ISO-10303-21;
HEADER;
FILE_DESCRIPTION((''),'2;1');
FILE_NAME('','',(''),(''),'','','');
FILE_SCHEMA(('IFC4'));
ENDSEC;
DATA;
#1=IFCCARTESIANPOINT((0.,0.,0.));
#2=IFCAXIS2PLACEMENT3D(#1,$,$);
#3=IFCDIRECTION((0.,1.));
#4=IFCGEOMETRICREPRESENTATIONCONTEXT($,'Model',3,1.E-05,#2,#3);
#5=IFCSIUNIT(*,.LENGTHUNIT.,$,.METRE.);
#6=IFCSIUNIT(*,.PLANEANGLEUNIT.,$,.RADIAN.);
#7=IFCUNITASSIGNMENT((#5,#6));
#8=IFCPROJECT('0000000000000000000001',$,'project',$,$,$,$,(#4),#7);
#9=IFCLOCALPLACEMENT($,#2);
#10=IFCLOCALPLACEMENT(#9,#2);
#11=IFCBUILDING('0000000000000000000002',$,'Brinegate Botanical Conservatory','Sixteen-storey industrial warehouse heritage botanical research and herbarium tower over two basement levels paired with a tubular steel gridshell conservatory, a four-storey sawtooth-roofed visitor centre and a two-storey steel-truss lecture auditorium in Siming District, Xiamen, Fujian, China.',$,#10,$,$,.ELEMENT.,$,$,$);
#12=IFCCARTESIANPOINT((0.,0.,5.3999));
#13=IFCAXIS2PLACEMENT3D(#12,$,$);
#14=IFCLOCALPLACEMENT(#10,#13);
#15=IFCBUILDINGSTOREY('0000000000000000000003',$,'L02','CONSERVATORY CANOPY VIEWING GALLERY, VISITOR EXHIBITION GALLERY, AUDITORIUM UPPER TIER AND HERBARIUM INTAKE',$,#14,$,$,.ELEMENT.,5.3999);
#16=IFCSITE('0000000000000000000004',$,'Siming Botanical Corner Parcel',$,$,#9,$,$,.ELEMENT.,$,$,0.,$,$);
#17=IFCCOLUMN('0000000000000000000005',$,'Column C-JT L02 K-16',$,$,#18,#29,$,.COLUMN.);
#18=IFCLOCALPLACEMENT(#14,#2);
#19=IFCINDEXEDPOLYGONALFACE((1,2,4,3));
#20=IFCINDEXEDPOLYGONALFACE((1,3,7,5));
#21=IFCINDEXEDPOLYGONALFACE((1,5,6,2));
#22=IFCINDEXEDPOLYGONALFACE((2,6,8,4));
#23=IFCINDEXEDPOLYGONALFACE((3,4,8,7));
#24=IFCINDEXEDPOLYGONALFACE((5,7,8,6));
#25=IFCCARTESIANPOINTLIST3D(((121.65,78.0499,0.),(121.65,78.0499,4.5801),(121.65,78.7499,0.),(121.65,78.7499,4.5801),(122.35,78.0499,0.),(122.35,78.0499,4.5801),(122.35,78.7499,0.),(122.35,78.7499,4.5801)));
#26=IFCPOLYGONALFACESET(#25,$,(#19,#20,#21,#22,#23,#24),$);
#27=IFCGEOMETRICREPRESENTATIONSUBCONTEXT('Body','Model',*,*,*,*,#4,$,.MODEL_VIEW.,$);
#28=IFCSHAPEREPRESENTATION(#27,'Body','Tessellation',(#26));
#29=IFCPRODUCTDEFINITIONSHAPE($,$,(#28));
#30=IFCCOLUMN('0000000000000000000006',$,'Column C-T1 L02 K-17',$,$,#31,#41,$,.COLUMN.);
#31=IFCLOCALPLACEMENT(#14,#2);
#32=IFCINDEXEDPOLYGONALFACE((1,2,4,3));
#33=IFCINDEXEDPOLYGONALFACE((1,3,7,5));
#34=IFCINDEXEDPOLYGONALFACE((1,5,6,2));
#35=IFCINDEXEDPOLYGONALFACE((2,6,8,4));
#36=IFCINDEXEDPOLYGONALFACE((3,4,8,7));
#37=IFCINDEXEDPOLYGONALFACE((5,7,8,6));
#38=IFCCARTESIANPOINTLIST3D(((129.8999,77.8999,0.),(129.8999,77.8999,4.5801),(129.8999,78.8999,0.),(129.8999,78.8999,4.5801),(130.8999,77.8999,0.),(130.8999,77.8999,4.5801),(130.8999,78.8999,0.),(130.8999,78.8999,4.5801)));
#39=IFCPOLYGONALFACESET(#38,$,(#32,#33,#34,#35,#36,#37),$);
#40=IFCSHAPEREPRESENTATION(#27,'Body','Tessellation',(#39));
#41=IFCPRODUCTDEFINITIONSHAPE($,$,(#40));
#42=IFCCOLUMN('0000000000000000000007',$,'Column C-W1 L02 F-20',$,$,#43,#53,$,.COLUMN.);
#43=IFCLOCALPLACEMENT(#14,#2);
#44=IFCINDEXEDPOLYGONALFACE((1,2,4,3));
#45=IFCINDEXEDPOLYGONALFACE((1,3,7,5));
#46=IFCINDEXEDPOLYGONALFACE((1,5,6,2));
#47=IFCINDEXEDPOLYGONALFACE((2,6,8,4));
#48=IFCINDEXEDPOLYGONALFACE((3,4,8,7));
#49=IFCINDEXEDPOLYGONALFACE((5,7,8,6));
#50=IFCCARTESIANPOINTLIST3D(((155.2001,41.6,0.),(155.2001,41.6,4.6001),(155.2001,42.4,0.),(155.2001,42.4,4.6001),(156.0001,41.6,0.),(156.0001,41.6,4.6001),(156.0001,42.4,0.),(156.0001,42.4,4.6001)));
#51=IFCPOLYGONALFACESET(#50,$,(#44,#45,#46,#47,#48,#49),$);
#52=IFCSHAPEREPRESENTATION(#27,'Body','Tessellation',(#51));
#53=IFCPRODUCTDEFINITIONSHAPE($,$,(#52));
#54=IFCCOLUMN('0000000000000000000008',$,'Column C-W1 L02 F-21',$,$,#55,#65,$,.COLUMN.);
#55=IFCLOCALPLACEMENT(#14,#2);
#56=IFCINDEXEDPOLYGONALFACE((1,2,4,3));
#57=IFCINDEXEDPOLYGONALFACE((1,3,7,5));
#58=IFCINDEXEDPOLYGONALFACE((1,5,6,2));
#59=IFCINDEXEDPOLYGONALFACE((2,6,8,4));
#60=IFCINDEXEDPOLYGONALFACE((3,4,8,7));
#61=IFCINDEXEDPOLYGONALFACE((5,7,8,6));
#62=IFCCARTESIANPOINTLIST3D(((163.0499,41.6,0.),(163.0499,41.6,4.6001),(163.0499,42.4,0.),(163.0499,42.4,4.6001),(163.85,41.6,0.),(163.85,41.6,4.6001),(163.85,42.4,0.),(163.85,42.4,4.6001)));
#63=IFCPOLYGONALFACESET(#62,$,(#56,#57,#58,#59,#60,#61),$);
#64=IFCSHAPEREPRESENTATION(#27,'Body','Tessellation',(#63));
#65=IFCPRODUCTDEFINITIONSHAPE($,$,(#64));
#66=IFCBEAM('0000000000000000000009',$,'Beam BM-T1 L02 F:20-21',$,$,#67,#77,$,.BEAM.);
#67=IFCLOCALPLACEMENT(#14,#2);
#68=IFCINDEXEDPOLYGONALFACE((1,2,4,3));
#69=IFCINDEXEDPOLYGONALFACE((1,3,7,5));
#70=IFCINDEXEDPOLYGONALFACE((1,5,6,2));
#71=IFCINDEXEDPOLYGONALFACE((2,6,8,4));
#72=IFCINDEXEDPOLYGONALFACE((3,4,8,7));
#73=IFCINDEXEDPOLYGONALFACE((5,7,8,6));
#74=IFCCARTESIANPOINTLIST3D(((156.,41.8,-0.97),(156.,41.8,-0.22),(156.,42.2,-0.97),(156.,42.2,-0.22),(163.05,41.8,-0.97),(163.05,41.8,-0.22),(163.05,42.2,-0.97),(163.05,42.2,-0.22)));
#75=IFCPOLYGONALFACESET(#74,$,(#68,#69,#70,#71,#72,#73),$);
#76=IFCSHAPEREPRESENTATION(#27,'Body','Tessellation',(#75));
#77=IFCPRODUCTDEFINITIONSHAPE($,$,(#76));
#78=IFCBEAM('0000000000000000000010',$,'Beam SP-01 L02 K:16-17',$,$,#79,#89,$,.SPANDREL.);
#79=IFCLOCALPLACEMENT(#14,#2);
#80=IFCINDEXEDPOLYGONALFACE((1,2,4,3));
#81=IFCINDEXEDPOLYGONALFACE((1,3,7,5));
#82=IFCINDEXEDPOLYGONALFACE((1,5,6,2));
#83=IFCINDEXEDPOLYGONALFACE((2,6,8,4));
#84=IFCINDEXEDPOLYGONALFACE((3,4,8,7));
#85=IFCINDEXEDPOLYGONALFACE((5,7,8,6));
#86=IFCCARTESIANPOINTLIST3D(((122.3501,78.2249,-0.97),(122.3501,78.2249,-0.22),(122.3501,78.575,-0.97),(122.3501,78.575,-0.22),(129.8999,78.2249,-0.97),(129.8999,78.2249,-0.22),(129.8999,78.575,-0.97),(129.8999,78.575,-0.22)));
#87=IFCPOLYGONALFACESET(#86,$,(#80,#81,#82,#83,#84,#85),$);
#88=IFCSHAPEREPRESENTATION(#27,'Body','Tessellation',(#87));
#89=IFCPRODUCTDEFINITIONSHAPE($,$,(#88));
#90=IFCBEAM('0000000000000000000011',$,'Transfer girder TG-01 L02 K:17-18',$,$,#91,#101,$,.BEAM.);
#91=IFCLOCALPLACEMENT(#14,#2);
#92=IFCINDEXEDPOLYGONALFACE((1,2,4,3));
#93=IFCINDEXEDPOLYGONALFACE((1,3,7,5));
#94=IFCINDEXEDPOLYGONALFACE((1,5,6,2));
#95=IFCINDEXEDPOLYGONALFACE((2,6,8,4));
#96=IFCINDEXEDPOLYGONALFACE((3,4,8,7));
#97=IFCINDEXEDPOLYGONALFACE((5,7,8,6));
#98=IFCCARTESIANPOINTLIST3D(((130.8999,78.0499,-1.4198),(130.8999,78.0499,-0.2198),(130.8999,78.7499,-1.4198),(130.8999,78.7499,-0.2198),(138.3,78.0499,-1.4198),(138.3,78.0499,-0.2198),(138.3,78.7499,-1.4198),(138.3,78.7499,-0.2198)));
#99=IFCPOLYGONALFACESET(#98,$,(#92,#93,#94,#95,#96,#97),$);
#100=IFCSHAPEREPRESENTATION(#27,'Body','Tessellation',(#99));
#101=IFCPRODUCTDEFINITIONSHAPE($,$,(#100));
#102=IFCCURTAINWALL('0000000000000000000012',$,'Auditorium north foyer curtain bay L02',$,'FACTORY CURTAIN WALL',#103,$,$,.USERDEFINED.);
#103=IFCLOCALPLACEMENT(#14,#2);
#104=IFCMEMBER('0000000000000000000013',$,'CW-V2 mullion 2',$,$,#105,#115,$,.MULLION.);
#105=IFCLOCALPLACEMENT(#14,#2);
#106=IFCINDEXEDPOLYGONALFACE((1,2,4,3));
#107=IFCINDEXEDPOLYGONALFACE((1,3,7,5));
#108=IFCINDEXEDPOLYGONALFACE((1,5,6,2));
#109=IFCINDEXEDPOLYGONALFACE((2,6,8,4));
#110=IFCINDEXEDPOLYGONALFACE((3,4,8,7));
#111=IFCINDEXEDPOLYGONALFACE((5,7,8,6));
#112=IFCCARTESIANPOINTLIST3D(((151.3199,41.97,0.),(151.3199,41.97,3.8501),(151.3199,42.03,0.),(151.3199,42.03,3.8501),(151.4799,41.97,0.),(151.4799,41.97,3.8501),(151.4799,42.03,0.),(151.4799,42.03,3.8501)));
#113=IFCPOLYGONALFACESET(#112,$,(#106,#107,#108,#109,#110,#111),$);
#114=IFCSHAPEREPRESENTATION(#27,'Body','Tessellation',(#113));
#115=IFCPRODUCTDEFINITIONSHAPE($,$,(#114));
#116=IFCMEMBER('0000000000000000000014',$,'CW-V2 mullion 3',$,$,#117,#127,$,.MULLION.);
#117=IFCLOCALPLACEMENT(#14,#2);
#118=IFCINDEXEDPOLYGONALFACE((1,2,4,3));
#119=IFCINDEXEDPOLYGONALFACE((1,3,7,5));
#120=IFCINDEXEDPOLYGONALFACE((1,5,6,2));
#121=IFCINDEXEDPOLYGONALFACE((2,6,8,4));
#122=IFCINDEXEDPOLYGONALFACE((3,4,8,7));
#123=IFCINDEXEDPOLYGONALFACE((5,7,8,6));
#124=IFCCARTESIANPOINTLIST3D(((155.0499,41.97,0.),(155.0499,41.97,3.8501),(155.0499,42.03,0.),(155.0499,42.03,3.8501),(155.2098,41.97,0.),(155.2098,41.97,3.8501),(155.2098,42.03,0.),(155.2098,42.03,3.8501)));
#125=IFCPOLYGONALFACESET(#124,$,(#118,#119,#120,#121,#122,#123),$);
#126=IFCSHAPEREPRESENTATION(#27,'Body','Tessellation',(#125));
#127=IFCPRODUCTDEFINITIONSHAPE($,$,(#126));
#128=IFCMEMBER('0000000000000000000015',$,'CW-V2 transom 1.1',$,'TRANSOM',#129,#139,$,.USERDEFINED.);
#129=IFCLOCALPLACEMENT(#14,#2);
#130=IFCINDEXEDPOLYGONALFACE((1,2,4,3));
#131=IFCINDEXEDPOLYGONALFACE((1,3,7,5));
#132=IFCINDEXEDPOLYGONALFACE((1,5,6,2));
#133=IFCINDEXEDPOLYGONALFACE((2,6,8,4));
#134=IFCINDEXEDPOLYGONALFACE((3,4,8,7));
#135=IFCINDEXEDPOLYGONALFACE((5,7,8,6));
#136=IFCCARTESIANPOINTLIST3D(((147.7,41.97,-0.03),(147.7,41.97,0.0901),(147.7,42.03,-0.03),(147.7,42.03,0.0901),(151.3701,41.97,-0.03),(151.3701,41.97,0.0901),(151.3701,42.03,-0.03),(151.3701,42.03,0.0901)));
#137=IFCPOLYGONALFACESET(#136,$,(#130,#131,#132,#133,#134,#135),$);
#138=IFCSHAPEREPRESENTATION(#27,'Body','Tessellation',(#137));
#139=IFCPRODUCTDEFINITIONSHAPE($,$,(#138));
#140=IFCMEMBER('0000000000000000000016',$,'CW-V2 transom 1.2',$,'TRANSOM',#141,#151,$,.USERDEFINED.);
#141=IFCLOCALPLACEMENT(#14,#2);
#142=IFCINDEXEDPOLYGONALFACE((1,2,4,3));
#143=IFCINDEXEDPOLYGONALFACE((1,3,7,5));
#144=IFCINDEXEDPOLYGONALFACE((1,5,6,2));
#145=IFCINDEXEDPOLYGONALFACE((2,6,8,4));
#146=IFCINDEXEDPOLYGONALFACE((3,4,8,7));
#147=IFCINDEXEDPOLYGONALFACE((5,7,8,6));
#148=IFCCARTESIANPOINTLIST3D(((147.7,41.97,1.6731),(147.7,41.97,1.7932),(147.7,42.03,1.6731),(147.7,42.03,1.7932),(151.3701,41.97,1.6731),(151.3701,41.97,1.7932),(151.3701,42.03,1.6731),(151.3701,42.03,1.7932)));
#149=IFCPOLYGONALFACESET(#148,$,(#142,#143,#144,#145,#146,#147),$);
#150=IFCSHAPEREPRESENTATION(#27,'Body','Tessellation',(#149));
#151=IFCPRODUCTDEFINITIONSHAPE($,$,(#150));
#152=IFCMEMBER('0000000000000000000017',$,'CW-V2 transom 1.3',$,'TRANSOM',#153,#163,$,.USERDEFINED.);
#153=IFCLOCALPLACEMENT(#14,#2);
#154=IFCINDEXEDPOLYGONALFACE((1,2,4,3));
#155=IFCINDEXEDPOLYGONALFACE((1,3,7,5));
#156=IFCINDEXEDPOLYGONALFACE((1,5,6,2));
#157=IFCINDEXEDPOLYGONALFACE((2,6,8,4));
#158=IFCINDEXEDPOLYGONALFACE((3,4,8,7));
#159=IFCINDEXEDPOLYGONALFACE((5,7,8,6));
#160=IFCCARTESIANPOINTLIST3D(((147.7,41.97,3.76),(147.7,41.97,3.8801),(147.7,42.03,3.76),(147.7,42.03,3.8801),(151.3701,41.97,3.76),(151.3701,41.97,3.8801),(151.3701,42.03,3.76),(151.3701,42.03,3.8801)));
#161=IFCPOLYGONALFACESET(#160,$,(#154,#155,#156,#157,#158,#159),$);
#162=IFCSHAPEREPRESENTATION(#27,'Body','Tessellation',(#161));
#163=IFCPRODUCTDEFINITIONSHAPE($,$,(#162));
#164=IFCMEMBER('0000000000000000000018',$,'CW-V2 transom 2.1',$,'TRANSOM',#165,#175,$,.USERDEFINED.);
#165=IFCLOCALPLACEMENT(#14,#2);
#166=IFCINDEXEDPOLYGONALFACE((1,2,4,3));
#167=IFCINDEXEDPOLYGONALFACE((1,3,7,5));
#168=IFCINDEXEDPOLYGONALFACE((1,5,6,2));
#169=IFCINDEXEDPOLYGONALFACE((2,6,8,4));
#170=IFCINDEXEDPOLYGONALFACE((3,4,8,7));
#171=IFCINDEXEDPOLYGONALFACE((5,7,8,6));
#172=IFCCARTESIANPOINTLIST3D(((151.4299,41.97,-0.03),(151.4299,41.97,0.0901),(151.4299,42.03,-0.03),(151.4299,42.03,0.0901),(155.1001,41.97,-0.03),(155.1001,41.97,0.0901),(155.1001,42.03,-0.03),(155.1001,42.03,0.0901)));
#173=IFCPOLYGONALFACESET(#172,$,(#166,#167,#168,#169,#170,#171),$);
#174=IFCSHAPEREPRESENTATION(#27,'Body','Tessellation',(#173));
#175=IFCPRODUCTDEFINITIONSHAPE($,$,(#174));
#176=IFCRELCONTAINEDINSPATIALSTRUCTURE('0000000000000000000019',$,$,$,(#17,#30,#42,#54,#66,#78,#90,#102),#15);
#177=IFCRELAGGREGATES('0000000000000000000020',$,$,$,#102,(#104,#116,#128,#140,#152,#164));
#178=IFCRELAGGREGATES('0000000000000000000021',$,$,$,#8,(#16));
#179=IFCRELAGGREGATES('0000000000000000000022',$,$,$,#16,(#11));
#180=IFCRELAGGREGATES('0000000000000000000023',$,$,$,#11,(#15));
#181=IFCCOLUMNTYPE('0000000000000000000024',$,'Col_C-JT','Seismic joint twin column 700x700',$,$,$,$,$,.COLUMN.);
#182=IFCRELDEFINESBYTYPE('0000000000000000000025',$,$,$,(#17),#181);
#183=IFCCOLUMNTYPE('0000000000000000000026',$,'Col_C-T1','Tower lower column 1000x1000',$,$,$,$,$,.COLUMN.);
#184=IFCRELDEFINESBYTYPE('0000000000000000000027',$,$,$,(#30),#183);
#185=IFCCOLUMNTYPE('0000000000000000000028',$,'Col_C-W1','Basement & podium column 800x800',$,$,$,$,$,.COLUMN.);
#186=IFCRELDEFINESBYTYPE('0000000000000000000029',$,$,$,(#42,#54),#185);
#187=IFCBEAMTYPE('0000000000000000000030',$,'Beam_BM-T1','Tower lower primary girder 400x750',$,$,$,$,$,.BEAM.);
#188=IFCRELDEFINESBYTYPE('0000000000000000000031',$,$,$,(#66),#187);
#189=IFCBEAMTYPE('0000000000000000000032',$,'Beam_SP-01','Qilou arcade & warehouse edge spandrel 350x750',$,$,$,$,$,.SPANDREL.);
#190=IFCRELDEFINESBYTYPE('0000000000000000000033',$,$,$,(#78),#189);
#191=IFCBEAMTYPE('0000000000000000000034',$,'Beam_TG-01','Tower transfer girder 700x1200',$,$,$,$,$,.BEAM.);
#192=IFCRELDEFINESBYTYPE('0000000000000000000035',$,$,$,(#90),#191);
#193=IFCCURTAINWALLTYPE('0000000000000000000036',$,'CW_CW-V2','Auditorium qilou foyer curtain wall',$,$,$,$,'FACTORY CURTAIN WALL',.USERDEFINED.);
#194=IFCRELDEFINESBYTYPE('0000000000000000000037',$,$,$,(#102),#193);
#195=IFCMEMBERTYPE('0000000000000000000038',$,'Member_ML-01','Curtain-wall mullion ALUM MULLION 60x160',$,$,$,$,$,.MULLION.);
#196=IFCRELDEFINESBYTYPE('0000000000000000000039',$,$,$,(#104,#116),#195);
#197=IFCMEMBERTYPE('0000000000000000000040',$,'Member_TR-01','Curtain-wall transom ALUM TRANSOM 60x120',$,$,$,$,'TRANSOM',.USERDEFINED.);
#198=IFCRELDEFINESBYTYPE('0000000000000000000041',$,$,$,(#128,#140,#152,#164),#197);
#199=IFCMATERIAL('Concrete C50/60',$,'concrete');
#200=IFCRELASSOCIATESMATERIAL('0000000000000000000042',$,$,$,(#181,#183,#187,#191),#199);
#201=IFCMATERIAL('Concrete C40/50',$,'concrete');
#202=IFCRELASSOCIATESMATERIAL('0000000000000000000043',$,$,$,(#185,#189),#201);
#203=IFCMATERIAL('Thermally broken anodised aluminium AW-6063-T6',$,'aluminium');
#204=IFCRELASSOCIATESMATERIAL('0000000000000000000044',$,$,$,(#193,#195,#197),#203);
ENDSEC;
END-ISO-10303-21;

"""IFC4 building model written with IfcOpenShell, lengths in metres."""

from ifc_helpers import new_model, si_unit, direction, frame, origin, origin_2d, place, context, subcontext, project, spatial, rectangle, extrude, material, material_profile, profile_set, type_object, element, aggregate, save


model = new_model("IFC4")

# Units and contexts
model_context = context("Model", 3, precision=1e-05, world=origin(), true_north=direction((0.0, 1.0)))
body_context = subcontext(model_context, "Body", "Model", "MODEL_VIEW")
ifc_project = project(units=[si_unit("LENGTHUNIT", "METRE"), si_unit("PLANEANGLEUNIT", "RADIAN")], contexts=[model_context])

# Site, building, storey
site_placement = place(None, origin())
site = spatial("IfcSite", under=ifc_project, at=site_placement, Name="Siming Botanical Corner Parcel", CompositionType="ELEMENT", RefElevation=0.0)
building_placement = place(site_placement, origin())
building = spatial("IfcBuilding", under=site, at=building_placement, Name="Brinegate Botanical Conservatory", Description="Sixteen-storey industrial warehouse heritage botanical research and herbarium tower over two basement levels paired with a tubular steel gridshell conservatory, a four-storey sawtooth-roofed visitor centre and a two-storey steel-truss lecture auditorium in Siming District, Xiamen, Fujian, China.", CompositionType="ELEMENT")
storey_placement = place(building_placement, frame((0.0, 0.0, 5.3999)))
storey = spatial("IfcBuildingStorey", under=building, at=storey_placement, Name="L02", Description="CONSERVATORY CANOPY VIEWING GALLERY, VISITOR EXHIBITION GALLERY, AUDITORIUM UPPER TIER AND HERBARIUM INTAKE", CompositionType="ELEMENT", Elevation=5.3999)

# Columns
ifc_material_1 = material(Name="Concrete C50/60", Category="concrete")
ifc_material_profile_1 = material_profile(ifc_material_1, rectangle(XDim=0.7, YDim=0.7, at=origin_2d()), Name="RC COL 700x700")
ifc_profile_set_1 = profile_set([ifc_material_profile_1], Name="Concrete C50/60")
column_type_1 = type_object("IfcColumnType", Name="Col_C-JT", Description="Seismic joint twin column 700x700", PredefinedType="COLUMN", material=ifc_profile_set_1)
column_1_placement = place(storey_placement, frame((122.0, 78.3999, 0.0), z_axis=(0.0, 0.0, 1.0), x_axis=(1.0, 0.0, 0.0)))
element("IfcColumn", 1, at=column_1_placement, inside=storey, type_object=column_type_1, Name="Column C-JT L02 K-16", PredefinedType="COLUMN", context=body_context, shape_type="SweptSolid", body=[
    extrude(rectangle(XDim=0.7, YDim=0.7, at=origin_2d()), origin(), (0.0, 0.0, 1.0), 4.5801),
])
ifc_material_profile_2 = material_profile(ifc_material_1, rectangle(XDim=1.0, YDim=1.0, at=origin_2d()), Name="RC COL 1000x1000")
ifc_profile_set_2 = profile_set([ifc_material_profile_2], Name="Concrete C50/60")
column_type_2 = type_object("IfcColumnType", Name="Col_C-T1", Description="Tower lower column 1000x1000", PredefinedType="COLUMN", material=ifc_profile_set_2)
column_2_placement = place(storey_placement, frame((130.3999, 78.3999, 0.0), z_axis=(0.0, 0.0, 1.0), x_axis=(1.0, 0.0, 0.0)))
element("IfcColumn", 2, at=column_2_placement, inside=storey, type_object=column_type_2, Name="Column C-T1 L02 K-17", PredefinedType="COLUMN", context=body_context, shape_type="SweptSolid", body=[
    extrude(rectangle(XDim=1.0, YDim=1.0, at=origin_2d()), origin(), (0.0, 0.0, 1.0), 4.5801),
])
ifc_material_2 = material(Name="Concrete C40/50", Category="concrete")
ifc_material_profile_3 = material_profile(ifc_material_2, rectangle(XDim=0.8, YDim=0.8, at=origin_2d()), Name="RC COL 800x800")
ifc_profile_set_3 = profile_set([ifc_material_profile_3], Name="Concrete C40/50")
column_type_3 = type_object("IfcColumnType", Name="Col_C-W1", Description="Basement & podium column 800x800", PredefinedType="COLUMN", material=ifc_profile_set_3)
for number, where, z_axis, x_axis, name in (
    (3, (155.6001, 42.0, 0.0), (0.0, 0.0, 1.0), (1.0, 0.0, 0.0), "Column C-W1 L02 F-20"),
    (4, (163.45, 42.0, 0.0), (0.0, 0.0, 1.0), (1.0, 0.0, 0.0), "Column C-W1 L02 F-21"),
):
    element("IfcColumn", number, at=place(storey_placement, frame(where, z_axis=z_axis, x_axis=x_axis)), inside=storey, type_object=column_type_3, Name=name, PredefinedType="COLUMN", context=body_context, shape_type="SweptSolid", body=[
        extrude(rectangle(XDim=0.8, YDim=0.8, at=origin_2d()), origin(), (0.0, 0.0, 1.0), 4.6001),
    ])

# Beams
ifc_material_profile_4 = material_profile(ifc_material_1, rectangle(XDim=0.3999, YDim=0.75, at=origin_2d()), Name="RC BM 400x750")
ifc_profile_set_4 = profile_set([ifc_material_profile_4], Name="Concrete C50/60")
beam_type_1 = type_object("IfcBeamType", Name="Beam_BM-T1", Description="Tower lower primary girder 400x750", PredefinedType="BEAM", material=ifc_profile_set_4)
beam_1_placement = place(storey_placement, frame((156.0, 42.0, -0.595), z_axis=(1.0, 0.0, 0.0), x_axis=(0.0, 1.0, 0.0)))
element("IfcBeam", 5, at=beam_1_placement, inside=storey, type_object=beam_type_1, Name="Beam BM-T1 L02 F:20-21", PredefinedType="BEAM", context=body_context, shape_type="SweptSolid", body=[
    extrude(rectangle(XDim=0.3999, YDim=0.75, at=origin_2d()), origin(), (0.0, 0.0, 1.0), 7.05),
])
ifc_material_profile_5 = material_profile(ifc_material_2, rectangle(XDim=0.3501, YDim=0.75, at=origin_2d()), Name="RC SPN 350x750")
ifc_profile_set_5 = profile_set([ifc_material_profile_5], Name="Concrete C40/50")
beam_type_2 = type_object("IfcBeamType", Name="Beam_SP-01", Description="Qilou arcade & warehouse edge spandrel 350x750", PredefinedType="SPANDREL", material=ifc_profile_set_5)
beam_2_placement = place(storey_placement, frame((122.3501, 78.3999, -0.595), z_axis=(1.0, 0.0, 0.0), x_axis=(0.0, 1.0, 0.0)))
element("IfcBeam", 6, at=beam_2_placement, inside=storey, type_object=beam_type_2, Name="Beam SP-01 L02 K:16-17", PredefinedType="SPANDREL", context=body_context, shape_type="SweptSolid", body=[
    extrude(rectangle(XDim=0.3501, YDim=0.75, at=origin_2d()), origin(), (0.0, 0.0, 1.0), 7.5498),
])
ifc_material_profile_6 = material_profile(ifc_material_1, rectangle(XDim=0.7, YDim=1.2, at=origin_2d()), Name="RC TG 700x1200")
ifc_profile_set_6 = profile_set([ifc_material_profile_6], Name="Concrete C50/60")
beam_type_3 = type_object("IfcBeamType", Name="Beam_TG-01", Description="Tower transfer girder 700x1200", PredefinedType="BEAM", material=ifc_profile_set_6)
beam_3_placement = place(storey_placement, frame((130.8999, 78.3999, -0.8198), z_axis=(1.0, 0.0, 0.0), x_axis=(0.0, 1.0, 0.0)))
element("IfcBeam", 7, at=beam_3_placement, inside=storey, type_object=beam_type_3, Name="Transfer girder TG-01 L02 K:17-18", PredefinedType="BEAM", context=body_context, shape_type="SweptSolid", body=[
    extrude(rectangle(XDim=0.7, YDim=1.2, at=origin_2d()), origin(), (0.0, 0.0, 1.0), 7.4001),
])

# Curtain wall, members
ifc_material_3 = material(Name="Thermally broken anodised aluminium AW-6063-T6", Category="aluminium")
curtain_wall_type = type_object("IfcCurtainWallType", Name="CW_CW-V2", Description="Auditorium qilou foyer curtain wall", ElementType="FACTORY CURTAIN WALL", PredefinedType="USERDEFINED", material=ifc_material_3)
curtain_wall_placement = place(storey_placement, origin())
curtain_wall = element("IfcCurtainWall", 8, at=curtain_wall_placement, inside=storey, type_object=curtain_wall_type, Name="Auditorium north foyer curtain bay L02", ObjectType="FACTORY CURTAIN WALL", PredefinedType="USERDEFINED")
ifc_material_profile_7 = material_profile(ifc_material_3, rectangle(XDim=0.0601, YDim=0.1599, at=origin_2d()), Name="ALUM MULLION 60x160")
ifc_profile_set_7 = profile_set([ifc_material_profile_7], Name="Thermally broken anodised aluminium AW-6063-T6")
member_type_1 = type_object("IfcMemberType", Name="Member_ML-01", Description="Curtain-wall mullion ALUM MULLION 60x160", PredefinedType="MULLION", material=ifc_profile_set_7)
member_1_placement = place(storey_placement, frame((151.3999, 42.0, 0.0), z_axis=(0.0, 0.0, 1.0), x_axis=(0.0, 1.0, 0.0)))
member_1 = element("IfcMember", 9, at=member_1_placement, type_object=member_type_1, Name="CW-V2 mullion 2", PredefinedType="MULLION", context=body_context, shape_type="SweptSolid", body=[
    extrude(rectangle(XDim=0.0601, YDim=0.1599, at=origin_2d()), origin(), (0.0, 0.0, 1.0), 3.8501),
])
member_2_placement = place(storey_placement, frame((155.1299, 42.0, 0.0), z_axis=(0.0, 0.0, 1.0), x_axis=(0.0, 1.0, 0.0)))
member_2 = element("IfcMember", 10, at=member_2_placement, type_object=member_type_1, Name="CW-V2 mullion 3", PredefinedType="MULLION", context=body_context, shape_type="SweptSolid", body=[
    extrude(rectangle(XDim=0.0601, YDim=0.1599, at=origin_2d()), origin(), (0.0, 0.0, 1.0), 3.8501),
])
ifc_material_profile_8 = material_profile(ifc_material_3, rectangle(XDim=0.0601, YDim=0.1201, at=origin_2d()), Name="ALUM TRANSOM 60x120")
ifc_profile_set_8 = profile_set([ifc_material_profile_8], Name="Thermally broken anodised aluminium AW-6063-T6")
member_type_2 = type_object("IfcMemberType", Name="Member_TR-01", Description="Curtain-wall transom ALUM TRANSOM 60x120", ElementType="TRANSOM", PredefinedType="USERDEFINED", material=ifc_profile_set_8)
member_3_placement = place(storey_placement, frame((147.7, 42.0, 0.03), z_axis=(1.0, 0.0, 0.0), x_axis=(0.0, 1.0, 0.0)))
member_3 = element("IfcMember", 11, at=member_3_placement, type_object=member_type_2, Name="CW-V2 transom 1.1", ObjectType="TRANSOM", PredefinedType="USERDEFINED", context=body_context, shape_type="SweptSolid", body=[
    extrude(rectangle(XDim=0.0601, YDim=0.1201, at=origin_2d()), origin(), (0.0, 0.0, 1.0), 3.6702),
])
member_4_placement = place(storey_placement, frame((147.7, 42.0, 1.7332), z_axis=(1.0, 0.0, 0.0), x_axis=(0.0, 1.0, 0.0)))
member_4 = element("IfcMember", 12, at=member_4_placement, type_object=member_type_2, Name="CW-V2 transom 1.2", ObjectType="TRANSOM", PredefinedType="USERDEFINED", context=body_context, shape_type="SweptSolid", body=[
    extrude(rectangle(XDim=0.0601, YDim=0.1201, at=origin_2d()), origin(), (0.0, 0.0, 1.0), 3.6702),
])
member_5_placement = place(storey_placement, frame((147.7, 42.0, 3.8201), z_axis=(1.0, 0.0, 0.0), x_axis=(0.0, 1.0, 0.0)))
member_5 = element("IfcMember", 13, at=member_5_placement, type_object=member_type_2, Name="CW-V2 transom 1.3", ObjectType="TRANSOM", PredefinedType="USERDEFINED", context=body_context, shape_type="SweptSolid", body=[
    extrude(rectangle(XDim=0.0601, YDim=0.1201, at=origin_2d()), origin(), (0.0, 0.0, 1.0), 3.6702),
])
member_6_placement = place(storey_placement, frame((151.4299, 42.0, 0.03), z_axis=(1.0, 0.0, 0.0), x_axis=(0.0, 1.0, 0.0)))
member_6 = element("IfcMember", 14, at=member_6_placement, type_object=member_type_2, Name="CW-V2 transom 2.1", ObjectType="TRANSOM", PredefinedType="USERDEFINED", context=body_context, shape_type="SweptSolid", body=[
    extrude(rectangle(XDim=0.0601, YDim=0.1201, at=origin_2d()), origin(), (0.0, 0.0, 1.0), 3.6702),
])
aggregate(curtain_wall, [member_1, member_2, member_3, member_4, member_5, member_6])

save(model, "model.ifc")
